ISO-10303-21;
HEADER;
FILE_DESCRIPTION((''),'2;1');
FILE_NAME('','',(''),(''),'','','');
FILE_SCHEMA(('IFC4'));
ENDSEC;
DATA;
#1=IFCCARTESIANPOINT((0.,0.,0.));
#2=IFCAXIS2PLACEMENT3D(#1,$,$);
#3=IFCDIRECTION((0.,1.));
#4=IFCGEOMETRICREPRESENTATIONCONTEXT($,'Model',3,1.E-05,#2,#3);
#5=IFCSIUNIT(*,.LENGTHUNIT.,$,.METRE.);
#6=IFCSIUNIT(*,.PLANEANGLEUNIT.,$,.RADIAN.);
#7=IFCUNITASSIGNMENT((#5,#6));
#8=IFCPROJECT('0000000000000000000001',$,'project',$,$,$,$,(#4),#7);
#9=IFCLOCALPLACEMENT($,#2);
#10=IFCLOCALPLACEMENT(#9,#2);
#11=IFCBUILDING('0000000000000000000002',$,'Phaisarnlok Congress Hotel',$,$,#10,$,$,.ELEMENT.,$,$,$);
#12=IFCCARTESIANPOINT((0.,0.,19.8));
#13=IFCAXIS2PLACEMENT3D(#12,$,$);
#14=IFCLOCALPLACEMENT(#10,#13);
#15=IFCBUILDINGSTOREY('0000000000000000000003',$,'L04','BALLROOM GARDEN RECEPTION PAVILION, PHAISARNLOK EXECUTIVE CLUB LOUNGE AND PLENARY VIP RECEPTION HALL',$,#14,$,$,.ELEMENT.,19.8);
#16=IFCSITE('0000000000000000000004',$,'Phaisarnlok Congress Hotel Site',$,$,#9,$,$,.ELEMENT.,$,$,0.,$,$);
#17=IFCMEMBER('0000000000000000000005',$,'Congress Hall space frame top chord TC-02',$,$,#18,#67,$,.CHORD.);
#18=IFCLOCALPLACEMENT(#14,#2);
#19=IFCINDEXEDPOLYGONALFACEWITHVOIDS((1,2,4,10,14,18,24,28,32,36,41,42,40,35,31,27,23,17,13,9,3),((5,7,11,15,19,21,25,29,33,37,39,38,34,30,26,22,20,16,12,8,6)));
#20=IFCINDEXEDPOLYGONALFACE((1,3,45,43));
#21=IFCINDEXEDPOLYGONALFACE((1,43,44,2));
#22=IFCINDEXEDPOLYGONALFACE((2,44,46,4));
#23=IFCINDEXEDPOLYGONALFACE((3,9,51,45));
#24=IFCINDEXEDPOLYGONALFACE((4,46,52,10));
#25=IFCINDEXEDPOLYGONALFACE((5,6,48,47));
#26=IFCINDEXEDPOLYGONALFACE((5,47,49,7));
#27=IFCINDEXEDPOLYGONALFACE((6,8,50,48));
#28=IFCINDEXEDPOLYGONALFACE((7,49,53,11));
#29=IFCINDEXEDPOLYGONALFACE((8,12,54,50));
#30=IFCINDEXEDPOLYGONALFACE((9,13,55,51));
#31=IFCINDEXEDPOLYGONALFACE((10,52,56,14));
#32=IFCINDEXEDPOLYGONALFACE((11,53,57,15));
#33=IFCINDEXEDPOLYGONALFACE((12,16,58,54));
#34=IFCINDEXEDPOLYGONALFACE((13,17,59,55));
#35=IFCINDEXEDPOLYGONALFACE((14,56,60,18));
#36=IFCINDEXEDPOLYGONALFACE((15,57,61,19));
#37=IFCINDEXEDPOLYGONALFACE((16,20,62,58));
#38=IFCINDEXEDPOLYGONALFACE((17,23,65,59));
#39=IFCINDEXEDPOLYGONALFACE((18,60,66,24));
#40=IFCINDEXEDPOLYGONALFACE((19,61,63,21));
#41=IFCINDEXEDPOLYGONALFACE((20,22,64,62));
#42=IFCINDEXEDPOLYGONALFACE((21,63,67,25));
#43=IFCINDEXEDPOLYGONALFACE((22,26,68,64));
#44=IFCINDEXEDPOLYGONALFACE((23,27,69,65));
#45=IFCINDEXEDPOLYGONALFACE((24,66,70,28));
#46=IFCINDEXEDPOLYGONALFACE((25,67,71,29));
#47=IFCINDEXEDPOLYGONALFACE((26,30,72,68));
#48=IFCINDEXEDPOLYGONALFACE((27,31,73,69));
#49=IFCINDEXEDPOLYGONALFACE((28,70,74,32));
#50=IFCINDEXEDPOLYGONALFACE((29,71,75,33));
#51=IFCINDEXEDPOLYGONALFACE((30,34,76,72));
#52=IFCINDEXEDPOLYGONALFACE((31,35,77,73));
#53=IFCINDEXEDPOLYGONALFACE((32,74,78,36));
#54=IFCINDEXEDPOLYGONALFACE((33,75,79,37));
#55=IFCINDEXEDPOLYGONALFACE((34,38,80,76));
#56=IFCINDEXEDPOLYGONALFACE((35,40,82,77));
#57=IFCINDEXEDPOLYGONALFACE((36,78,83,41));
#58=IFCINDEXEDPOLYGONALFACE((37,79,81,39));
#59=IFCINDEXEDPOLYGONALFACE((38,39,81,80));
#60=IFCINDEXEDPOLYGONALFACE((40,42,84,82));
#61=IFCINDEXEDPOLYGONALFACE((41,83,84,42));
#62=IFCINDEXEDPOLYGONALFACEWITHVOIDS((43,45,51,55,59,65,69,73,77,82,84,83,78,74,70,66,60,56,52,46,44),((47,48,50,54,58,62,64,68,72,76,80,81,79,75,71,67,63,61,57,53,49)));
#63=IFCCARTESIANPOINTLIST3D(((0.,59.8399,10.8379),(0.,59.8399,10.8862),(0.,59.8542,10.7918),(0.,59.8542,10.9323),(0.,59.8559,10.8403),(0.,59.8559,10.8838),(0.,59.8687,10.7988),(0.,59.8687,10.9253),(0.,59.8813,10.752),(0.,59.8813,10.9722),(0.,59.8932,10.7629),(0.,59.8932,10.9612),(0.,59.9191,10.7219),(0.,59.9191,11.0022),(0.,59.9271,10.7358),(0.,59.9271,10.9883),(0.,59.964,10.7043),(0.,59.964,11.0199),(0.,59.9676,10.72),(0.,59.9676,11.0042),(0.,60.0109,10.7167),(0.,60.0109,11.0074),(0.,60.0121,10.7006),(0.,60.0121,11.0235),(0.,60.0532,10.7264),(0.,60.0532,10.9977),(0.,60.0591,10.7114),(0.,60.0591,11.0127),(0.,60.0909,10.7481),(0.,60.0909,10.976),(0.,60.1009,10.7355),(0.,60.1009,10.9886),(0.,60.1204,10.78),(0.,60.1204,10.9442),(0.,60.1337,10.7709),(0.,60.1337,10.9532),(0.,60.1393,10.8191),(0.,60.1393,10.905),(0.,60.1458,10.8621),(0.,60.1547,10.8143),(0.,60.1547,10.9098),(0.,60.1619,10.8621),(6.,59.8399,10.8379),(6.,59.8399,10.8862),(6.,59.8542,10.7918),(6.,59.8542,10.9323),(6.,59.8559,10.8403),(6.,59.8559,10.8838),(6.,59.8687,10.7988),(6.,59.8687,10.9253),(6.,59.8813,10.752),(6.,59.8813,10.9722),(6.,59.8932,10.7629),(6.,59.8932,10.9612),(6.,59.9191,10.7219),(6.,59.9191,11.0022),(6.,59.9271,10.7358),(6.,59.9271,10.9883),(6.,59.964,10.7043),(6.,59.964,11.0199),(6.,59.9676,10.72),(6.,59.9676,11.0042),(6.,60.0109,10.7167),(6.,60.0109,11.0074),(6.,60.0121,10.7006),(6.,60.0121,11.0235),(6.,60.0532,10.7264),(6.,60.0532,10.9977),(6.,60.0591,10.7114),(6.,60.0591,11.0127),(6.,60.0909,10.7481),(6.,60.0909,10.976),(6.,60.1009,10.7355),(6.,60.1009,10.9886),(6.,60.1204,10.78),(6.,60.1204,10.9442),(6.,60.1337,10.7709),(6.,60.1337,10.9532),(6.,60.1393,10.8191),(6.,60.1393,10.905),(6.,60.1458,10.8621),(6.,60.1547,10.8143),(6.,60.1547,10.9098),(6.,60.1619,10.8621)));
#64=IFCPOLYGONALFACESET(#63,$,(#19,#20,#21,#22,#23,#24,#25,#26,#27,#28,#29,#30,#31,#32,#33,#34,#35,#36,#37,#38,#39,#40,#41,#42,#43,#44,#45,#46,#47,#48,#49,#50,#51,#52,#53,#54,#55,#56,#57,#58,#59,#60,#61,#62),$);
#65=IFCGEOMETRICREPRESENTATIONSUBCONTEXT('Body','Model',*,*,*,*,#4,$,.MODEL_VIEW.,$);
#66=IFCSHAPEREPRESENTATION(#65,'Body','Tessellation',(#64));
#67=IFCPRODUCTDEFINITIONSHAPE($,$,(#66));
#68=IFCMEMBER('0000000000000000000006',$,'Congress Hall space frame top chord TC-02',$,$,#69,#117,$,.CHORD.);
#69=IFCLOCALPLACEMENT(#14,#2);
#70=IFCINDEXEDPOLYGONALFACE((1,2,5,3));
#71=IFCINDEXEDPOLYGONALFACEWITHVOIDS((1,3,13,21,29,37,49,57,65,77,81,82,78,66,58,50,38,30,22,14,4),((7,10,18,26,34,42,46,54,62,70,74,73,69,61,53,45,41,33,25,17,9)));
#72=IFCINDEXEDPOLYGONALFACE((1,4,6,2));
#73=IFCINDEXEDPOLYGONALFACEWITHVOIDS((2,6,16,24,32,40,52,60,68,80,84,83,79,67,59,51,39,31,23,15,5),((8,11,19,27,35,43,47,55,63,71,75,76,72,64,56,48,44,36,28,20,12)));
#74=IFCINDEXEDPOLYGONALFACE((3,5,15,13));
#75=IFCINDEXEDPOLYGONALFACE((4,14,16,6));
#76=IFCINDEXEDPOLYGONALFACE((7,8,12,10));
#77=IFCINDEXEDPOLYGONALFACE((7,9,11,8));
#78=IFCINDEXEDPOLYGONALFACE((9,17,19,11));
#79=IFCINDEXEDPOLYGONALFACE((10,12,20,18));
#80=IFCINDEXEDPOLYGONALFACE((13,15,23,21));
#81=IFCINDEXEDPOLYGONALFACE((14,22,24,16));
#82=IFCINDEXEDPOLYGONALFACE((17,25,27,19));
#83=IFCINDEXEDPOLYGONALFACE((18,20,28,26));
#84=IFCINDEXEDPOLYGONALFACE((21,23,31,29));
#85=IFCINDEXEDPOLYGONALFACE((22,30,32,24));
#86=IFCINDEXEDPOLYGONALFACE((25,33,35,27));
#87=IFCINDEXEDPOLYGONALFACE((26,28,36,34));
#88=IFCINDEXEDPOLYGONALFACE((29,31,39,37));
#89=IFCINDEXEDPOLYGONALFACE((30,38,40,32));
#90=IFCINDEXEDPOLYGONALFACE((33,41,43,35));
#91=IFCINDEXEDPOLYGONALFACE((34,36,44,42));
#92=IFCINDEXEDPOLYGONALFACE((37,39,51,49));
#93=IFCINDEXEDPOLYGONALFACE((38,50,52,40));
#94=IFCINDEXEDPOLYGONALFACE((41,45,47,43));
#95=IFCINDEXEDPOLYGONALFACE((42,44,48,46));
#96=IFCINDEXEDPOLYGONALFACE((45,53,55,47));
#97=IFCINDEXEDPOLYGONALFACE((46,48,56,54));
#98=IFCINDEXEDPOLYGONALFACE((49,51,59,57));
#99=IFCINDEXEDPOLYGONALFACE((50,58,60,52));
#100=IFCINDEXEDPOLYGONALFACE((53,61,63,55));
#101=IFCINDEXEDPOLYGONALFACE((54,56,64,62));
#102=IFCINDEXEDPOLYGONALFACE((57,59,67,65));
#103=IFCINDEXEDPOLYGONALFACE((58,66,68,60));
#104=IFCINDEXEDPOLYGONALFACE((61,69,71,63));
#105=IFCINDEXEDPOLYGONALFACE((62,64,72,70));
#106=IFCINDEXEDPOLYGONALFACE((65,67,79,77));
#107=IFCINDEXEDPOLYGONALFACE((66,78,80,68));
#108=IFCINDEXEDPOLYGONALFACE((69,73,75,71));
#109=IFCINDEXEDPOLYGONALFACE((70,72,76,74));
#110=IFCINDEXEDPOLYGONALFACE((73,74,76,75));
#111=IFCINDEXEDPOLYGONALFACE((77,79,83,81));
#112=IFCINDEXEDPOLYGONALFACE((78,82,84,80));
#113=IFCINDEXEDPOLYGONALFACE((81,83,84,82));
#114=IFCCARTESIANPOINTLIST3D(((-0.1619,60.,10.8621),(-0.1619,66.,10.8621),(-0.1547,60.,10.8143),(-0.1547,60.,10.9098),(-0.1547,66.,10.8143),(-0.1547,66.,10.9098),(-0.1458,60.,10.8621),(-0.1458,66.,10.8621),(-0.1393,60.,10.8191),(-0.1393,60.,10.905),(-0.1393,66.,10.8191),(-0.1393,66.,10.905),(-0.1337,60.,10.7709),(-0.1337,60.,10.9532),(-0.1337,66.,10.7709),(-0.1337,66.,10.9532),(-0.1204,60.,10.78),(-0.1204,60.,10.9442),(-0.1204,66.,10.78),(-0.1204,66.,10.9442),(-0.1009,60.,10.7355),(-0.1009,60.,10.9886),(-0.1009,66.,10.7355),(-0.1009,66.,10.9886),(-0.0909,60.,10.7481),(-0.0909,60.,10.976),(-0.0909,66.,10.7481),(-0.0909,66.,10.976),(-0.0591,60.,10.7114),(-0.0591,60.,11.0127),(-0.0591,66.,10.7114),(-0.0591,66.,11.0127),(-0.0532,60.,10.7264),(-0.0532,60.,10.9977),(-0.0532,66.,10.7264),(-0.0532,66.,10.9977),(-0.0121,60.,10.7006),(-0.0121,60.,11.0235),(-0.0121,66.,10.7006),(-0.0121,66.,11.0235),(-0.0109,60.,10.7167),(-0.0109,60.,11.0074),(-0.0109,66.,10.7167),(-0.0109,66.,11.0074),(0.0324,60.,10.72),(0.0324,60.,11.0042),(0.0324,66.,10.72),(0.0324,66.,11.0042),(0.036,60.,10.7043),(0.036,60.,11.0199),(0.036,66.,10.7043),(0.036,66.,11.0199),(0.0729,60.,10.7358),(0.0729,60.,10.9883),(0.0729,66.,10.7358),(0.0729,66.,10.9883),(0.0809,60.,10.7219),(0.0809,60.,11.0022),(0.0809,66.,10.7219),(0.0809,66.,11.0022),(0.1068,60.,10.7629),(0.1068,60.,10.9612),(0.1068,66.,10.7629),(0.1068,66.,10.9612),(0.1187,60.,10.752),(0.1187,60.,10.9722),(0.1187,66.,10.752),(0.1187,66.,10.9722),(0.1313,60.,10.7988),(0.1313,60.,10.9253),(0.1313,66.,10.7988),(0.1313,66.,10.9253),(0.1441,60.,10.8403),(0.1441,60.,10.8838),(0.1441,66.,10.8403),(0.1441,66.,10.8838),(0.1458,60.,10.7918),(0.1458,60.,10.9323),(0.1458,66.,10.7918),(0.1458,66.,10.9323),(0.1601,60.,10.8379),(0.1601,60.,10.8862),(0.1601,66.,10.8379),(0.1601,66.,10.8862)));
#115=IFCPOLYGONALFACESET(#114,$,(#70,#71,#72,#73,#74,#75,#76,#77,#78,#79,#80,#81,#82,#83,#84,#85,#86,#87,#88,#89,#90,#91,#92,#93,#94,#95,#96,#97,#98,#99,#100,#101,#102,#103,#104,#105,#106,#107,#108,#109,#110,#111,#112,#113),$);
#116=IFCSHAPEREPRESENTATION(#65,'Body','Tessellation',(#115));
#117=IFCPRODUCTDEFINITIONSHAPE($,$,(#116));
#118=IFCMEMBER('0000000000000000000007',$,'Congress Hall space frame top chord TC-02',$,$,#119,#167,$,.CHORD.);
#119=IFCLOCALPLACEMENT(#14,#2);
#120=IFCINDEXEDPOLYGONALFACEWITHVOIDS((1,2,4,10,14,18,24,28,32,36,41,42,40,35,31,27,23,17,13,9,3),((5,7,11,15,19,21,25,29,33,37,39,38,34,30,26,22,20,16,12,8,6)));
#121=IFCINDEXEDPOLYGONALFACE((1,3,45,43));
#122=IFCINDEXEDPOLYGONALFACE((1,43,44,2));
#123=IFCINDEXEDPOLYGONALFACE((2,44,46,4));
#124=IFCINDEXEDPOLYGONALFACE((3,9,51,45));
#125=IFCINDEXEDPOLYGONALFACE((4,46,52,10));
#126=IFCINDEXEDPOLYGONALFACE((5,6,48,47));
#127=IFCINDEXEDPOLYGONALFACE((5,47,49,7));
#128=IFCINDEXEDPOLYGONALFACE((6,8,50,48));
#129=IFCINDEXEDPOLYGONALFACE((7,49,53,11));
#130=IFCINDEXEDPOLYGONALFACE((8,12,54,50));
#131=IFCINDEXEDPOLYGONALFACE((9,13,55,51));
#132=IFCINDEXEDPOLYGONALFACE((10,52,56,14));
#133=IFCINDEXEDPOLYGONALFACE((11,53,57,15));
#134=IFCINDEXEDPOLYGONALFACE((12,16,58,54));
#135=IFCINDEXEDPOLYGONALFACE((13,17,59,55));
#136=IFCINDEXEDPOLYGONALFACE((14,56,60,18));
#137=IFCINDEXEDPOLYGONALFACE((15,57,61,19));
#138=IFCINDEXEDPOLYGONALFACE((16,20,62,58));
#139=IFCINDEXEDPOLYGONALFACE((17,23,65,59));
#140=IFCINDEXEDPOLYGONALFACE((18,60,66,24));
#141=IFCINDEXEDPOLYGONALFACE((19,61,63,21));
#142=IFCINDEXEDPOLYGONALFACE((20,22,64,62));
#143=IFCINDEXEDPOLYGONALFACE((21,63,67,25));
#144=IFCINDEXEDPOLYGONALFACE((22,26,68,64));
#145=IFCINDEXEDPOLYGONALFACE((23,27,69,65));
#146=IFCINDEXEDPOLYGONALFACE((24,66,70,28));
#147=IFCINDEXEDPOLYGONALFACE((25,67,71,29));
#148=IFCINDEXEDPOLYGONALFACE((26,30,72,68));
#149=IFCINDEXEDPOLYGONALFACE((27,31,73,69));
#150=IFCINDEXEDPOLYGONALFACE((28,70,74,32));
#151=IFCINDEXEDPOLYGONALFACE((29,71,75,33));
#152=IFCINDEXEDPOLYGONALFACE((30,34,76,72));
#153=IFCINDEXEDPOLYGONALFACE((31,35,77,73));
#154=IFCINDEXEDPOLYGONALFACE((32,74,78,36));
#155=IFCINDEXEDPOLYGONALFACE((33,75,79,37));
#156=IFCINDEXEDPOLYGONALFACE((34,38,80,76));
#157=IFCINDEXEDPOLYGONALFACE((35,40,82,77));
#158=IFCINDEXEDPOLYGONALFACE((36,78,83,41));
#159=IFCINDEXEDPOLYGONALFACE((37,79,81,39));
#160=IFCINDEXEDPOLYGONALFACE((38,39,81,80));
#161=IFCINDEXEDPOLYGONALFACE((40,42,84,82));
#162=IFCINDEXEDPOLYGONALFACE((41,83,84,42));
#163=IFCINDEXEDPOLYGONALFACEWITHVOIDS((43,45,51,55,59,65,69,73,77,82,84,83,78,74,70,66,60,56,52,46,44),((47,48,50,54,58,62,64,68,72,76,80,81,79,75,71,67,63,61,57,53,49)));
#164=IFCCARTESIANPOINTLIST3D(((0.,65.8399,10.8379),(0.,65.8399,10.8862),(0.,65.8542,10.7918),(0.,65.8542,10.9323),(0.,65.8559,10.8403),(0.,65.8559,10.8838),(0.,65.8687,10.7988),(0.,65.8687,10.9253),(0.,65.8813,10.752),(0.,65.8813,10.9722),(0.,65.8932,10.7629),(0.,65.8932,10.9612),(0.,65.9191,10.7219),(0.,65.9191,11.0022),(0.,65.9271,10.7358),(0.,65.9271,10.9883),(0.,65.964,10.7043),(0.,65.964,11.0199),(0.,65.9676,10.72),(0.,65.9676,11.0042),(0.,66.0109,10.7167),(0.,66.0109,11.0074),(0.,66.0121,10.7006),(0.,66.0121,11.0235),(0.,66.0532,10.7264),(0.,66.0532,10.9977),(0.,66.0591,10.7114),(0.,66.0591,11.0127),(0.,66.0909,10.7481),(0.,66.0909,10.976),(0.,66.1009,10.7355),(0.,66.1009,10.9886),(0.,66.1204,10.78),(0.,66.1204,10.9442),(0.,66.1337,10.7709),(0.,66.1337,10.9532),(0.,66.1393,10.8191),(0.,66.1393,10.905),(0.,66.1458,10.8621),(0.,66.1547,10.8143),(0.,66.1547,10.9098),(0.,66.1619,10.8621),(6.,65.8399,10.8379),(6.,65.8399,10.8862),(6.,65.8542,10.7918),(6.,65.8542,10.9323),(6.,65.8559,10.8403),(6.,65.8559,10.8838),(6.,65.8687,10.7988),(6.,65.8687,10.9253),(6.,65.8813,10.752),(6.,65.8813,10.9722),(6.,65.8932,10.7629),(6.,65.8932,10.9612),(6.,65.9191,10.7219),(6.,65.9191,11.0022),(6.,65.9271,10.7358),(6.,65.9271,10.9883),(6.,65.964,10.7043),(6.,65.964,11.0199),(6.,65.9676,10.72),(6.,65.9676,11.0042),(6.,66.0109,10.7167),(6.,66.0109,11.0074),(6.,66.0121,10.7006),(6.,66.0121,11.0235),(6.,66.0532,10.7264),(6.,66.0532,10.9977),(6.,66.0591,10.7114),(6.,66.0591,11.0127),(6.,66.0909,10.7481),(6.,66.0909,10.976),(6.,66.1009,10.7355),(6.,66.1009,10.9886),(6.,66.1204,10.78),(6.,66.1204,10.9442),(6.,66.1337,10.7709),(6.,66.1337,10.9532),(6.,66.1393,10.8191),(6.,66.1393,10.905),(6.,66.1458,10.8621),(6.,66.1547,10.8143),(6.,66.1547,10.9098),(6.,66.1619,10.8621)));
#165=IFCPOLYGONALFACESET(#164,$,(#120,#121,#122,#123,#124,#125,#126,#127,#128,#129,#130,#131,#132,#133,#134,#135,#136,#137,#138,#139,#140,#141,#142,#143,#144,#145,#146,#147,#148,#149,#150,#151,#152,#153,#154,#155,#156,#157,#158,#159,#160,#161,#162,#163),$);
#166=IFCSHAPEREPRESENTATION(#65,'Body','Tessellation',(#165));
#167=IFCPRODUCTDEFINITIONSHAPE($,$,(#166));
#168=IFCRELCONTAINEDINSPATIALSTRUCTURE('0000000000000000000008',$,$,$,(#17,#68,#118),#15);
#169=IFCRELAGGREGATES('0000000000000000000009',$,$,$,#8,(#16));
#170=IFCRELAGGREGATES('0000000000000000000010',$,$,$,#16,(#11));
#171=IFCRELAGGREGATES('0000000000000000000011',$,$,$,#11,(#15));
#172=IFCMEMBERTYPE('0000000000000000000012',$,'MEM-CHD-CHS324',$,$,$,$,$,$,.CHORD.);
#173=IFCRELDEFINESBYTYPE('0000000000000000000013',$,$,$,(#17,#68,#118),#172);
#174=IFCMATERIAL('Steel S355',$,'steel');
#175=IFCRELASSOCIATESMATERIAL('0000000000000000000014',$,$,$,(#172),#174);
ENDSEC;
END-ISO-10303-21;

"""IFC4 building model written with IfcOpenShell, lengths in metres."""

from ifc_helpers import new_model, si_unit, direction, frame, origin, origin_2d, place, context, subcontext, project, spatial, hollow_circle, extrude, material, material_profile, profile_set, type_object, element, save


model = new_model("IFC4")

# Units and contexts
model_context = context("Model", 3, precision=1e-05, world=origin(), true_north=direction((0.0, 1.0)))
body_context = subcontext(model_context, "Body", "Model", "MODEL_VIEW")
ifc_project = project(units=[si_unit("LENGTHUNIT", "METRE"), si_unit("PLANEANGLEUNIT", "RADIAN")], contexts=[model_context])

# Site, building, storey
site_placement = place(None, origin())
site = spatial("IfcSite", under=ifc_project, at=site_placement, Name="Phaisarnlok Congress Hotel Site", CompositionType="ELEMENT", RefElevation=0.0)
building_placement = place(site_placement, origin())
building = spatial("IfcBuilding", under=site, at=building_placement, Name="Phaisarnlok Congress Hotel", CompositionType="ELEMENT")
storey_placement = place(building_placement, frame((0.0, 0.0, 19.8)))
storey = spatial("IfcBuildingStorey", under=building, at=storey_placement, Name="L04", Description="BALLROOM GARDEN RECEPTION PAVILION, PHAISARNLOK EXECUTIVE CLUB LOUNGE AND PLENARY VIP RECEPTION HALL", CompositionType="ELEMENT", Elevation=19.8)

# Members
ifc_material = material(Name="Steel S355", Category="steel")
ifc_material_profile_1 = material_profile(ifc_material, hollow_circle(Radius=0.1619, WallThickness=0.0161, at=origin_2d()), Name="CHS 323.9x16")
ifc_profile_set_1 = profile_set([ifc_material_profile_1], Name="Steel S355")
member_type_1 = type_object("IfcMemberType", Name="MEM-CHD-CHS324", PredefinedType="CHORD", material=ifc_profile_set_1)
for number, where, z_axis, x_axis, name in (
    (1, (0.0, 60.0, 10.8621), (1.0, 0.0, 0.0), (0.0, 1.0, 0.0), "Congress Hall space frame top chord TC-02"),
    (2, (0.0, 60.0, 10.8621), (0.0, 1.0, 0.0), (-1.0, 0.0, 0.0), "Congress Hall space frame top chord TC-02"),
    (3, (0.0, 66.0, 10.8621), (1.0, 0.0, 0.0), (0.0, 1.0, 0.0), "Congress Hall space frame top chord TC-02"),
):
    element("IfcMember", number, at=place(storey_placement, frame(where, z_axis=z_axis, x_axis=x_axis)), inside=storey, type_object=member_type_1, Name=name, PredefinedType="CHORD", context=body_context, shape_type="SweptSolid", body=[
        extrude(hollow_circle(Radius=0.1619, WallThickness=0.0161, at=origin_2d()), origin(), (0.0, 0.0, 1.0), 6.0),
    ])

save(model, "model.ifc")
